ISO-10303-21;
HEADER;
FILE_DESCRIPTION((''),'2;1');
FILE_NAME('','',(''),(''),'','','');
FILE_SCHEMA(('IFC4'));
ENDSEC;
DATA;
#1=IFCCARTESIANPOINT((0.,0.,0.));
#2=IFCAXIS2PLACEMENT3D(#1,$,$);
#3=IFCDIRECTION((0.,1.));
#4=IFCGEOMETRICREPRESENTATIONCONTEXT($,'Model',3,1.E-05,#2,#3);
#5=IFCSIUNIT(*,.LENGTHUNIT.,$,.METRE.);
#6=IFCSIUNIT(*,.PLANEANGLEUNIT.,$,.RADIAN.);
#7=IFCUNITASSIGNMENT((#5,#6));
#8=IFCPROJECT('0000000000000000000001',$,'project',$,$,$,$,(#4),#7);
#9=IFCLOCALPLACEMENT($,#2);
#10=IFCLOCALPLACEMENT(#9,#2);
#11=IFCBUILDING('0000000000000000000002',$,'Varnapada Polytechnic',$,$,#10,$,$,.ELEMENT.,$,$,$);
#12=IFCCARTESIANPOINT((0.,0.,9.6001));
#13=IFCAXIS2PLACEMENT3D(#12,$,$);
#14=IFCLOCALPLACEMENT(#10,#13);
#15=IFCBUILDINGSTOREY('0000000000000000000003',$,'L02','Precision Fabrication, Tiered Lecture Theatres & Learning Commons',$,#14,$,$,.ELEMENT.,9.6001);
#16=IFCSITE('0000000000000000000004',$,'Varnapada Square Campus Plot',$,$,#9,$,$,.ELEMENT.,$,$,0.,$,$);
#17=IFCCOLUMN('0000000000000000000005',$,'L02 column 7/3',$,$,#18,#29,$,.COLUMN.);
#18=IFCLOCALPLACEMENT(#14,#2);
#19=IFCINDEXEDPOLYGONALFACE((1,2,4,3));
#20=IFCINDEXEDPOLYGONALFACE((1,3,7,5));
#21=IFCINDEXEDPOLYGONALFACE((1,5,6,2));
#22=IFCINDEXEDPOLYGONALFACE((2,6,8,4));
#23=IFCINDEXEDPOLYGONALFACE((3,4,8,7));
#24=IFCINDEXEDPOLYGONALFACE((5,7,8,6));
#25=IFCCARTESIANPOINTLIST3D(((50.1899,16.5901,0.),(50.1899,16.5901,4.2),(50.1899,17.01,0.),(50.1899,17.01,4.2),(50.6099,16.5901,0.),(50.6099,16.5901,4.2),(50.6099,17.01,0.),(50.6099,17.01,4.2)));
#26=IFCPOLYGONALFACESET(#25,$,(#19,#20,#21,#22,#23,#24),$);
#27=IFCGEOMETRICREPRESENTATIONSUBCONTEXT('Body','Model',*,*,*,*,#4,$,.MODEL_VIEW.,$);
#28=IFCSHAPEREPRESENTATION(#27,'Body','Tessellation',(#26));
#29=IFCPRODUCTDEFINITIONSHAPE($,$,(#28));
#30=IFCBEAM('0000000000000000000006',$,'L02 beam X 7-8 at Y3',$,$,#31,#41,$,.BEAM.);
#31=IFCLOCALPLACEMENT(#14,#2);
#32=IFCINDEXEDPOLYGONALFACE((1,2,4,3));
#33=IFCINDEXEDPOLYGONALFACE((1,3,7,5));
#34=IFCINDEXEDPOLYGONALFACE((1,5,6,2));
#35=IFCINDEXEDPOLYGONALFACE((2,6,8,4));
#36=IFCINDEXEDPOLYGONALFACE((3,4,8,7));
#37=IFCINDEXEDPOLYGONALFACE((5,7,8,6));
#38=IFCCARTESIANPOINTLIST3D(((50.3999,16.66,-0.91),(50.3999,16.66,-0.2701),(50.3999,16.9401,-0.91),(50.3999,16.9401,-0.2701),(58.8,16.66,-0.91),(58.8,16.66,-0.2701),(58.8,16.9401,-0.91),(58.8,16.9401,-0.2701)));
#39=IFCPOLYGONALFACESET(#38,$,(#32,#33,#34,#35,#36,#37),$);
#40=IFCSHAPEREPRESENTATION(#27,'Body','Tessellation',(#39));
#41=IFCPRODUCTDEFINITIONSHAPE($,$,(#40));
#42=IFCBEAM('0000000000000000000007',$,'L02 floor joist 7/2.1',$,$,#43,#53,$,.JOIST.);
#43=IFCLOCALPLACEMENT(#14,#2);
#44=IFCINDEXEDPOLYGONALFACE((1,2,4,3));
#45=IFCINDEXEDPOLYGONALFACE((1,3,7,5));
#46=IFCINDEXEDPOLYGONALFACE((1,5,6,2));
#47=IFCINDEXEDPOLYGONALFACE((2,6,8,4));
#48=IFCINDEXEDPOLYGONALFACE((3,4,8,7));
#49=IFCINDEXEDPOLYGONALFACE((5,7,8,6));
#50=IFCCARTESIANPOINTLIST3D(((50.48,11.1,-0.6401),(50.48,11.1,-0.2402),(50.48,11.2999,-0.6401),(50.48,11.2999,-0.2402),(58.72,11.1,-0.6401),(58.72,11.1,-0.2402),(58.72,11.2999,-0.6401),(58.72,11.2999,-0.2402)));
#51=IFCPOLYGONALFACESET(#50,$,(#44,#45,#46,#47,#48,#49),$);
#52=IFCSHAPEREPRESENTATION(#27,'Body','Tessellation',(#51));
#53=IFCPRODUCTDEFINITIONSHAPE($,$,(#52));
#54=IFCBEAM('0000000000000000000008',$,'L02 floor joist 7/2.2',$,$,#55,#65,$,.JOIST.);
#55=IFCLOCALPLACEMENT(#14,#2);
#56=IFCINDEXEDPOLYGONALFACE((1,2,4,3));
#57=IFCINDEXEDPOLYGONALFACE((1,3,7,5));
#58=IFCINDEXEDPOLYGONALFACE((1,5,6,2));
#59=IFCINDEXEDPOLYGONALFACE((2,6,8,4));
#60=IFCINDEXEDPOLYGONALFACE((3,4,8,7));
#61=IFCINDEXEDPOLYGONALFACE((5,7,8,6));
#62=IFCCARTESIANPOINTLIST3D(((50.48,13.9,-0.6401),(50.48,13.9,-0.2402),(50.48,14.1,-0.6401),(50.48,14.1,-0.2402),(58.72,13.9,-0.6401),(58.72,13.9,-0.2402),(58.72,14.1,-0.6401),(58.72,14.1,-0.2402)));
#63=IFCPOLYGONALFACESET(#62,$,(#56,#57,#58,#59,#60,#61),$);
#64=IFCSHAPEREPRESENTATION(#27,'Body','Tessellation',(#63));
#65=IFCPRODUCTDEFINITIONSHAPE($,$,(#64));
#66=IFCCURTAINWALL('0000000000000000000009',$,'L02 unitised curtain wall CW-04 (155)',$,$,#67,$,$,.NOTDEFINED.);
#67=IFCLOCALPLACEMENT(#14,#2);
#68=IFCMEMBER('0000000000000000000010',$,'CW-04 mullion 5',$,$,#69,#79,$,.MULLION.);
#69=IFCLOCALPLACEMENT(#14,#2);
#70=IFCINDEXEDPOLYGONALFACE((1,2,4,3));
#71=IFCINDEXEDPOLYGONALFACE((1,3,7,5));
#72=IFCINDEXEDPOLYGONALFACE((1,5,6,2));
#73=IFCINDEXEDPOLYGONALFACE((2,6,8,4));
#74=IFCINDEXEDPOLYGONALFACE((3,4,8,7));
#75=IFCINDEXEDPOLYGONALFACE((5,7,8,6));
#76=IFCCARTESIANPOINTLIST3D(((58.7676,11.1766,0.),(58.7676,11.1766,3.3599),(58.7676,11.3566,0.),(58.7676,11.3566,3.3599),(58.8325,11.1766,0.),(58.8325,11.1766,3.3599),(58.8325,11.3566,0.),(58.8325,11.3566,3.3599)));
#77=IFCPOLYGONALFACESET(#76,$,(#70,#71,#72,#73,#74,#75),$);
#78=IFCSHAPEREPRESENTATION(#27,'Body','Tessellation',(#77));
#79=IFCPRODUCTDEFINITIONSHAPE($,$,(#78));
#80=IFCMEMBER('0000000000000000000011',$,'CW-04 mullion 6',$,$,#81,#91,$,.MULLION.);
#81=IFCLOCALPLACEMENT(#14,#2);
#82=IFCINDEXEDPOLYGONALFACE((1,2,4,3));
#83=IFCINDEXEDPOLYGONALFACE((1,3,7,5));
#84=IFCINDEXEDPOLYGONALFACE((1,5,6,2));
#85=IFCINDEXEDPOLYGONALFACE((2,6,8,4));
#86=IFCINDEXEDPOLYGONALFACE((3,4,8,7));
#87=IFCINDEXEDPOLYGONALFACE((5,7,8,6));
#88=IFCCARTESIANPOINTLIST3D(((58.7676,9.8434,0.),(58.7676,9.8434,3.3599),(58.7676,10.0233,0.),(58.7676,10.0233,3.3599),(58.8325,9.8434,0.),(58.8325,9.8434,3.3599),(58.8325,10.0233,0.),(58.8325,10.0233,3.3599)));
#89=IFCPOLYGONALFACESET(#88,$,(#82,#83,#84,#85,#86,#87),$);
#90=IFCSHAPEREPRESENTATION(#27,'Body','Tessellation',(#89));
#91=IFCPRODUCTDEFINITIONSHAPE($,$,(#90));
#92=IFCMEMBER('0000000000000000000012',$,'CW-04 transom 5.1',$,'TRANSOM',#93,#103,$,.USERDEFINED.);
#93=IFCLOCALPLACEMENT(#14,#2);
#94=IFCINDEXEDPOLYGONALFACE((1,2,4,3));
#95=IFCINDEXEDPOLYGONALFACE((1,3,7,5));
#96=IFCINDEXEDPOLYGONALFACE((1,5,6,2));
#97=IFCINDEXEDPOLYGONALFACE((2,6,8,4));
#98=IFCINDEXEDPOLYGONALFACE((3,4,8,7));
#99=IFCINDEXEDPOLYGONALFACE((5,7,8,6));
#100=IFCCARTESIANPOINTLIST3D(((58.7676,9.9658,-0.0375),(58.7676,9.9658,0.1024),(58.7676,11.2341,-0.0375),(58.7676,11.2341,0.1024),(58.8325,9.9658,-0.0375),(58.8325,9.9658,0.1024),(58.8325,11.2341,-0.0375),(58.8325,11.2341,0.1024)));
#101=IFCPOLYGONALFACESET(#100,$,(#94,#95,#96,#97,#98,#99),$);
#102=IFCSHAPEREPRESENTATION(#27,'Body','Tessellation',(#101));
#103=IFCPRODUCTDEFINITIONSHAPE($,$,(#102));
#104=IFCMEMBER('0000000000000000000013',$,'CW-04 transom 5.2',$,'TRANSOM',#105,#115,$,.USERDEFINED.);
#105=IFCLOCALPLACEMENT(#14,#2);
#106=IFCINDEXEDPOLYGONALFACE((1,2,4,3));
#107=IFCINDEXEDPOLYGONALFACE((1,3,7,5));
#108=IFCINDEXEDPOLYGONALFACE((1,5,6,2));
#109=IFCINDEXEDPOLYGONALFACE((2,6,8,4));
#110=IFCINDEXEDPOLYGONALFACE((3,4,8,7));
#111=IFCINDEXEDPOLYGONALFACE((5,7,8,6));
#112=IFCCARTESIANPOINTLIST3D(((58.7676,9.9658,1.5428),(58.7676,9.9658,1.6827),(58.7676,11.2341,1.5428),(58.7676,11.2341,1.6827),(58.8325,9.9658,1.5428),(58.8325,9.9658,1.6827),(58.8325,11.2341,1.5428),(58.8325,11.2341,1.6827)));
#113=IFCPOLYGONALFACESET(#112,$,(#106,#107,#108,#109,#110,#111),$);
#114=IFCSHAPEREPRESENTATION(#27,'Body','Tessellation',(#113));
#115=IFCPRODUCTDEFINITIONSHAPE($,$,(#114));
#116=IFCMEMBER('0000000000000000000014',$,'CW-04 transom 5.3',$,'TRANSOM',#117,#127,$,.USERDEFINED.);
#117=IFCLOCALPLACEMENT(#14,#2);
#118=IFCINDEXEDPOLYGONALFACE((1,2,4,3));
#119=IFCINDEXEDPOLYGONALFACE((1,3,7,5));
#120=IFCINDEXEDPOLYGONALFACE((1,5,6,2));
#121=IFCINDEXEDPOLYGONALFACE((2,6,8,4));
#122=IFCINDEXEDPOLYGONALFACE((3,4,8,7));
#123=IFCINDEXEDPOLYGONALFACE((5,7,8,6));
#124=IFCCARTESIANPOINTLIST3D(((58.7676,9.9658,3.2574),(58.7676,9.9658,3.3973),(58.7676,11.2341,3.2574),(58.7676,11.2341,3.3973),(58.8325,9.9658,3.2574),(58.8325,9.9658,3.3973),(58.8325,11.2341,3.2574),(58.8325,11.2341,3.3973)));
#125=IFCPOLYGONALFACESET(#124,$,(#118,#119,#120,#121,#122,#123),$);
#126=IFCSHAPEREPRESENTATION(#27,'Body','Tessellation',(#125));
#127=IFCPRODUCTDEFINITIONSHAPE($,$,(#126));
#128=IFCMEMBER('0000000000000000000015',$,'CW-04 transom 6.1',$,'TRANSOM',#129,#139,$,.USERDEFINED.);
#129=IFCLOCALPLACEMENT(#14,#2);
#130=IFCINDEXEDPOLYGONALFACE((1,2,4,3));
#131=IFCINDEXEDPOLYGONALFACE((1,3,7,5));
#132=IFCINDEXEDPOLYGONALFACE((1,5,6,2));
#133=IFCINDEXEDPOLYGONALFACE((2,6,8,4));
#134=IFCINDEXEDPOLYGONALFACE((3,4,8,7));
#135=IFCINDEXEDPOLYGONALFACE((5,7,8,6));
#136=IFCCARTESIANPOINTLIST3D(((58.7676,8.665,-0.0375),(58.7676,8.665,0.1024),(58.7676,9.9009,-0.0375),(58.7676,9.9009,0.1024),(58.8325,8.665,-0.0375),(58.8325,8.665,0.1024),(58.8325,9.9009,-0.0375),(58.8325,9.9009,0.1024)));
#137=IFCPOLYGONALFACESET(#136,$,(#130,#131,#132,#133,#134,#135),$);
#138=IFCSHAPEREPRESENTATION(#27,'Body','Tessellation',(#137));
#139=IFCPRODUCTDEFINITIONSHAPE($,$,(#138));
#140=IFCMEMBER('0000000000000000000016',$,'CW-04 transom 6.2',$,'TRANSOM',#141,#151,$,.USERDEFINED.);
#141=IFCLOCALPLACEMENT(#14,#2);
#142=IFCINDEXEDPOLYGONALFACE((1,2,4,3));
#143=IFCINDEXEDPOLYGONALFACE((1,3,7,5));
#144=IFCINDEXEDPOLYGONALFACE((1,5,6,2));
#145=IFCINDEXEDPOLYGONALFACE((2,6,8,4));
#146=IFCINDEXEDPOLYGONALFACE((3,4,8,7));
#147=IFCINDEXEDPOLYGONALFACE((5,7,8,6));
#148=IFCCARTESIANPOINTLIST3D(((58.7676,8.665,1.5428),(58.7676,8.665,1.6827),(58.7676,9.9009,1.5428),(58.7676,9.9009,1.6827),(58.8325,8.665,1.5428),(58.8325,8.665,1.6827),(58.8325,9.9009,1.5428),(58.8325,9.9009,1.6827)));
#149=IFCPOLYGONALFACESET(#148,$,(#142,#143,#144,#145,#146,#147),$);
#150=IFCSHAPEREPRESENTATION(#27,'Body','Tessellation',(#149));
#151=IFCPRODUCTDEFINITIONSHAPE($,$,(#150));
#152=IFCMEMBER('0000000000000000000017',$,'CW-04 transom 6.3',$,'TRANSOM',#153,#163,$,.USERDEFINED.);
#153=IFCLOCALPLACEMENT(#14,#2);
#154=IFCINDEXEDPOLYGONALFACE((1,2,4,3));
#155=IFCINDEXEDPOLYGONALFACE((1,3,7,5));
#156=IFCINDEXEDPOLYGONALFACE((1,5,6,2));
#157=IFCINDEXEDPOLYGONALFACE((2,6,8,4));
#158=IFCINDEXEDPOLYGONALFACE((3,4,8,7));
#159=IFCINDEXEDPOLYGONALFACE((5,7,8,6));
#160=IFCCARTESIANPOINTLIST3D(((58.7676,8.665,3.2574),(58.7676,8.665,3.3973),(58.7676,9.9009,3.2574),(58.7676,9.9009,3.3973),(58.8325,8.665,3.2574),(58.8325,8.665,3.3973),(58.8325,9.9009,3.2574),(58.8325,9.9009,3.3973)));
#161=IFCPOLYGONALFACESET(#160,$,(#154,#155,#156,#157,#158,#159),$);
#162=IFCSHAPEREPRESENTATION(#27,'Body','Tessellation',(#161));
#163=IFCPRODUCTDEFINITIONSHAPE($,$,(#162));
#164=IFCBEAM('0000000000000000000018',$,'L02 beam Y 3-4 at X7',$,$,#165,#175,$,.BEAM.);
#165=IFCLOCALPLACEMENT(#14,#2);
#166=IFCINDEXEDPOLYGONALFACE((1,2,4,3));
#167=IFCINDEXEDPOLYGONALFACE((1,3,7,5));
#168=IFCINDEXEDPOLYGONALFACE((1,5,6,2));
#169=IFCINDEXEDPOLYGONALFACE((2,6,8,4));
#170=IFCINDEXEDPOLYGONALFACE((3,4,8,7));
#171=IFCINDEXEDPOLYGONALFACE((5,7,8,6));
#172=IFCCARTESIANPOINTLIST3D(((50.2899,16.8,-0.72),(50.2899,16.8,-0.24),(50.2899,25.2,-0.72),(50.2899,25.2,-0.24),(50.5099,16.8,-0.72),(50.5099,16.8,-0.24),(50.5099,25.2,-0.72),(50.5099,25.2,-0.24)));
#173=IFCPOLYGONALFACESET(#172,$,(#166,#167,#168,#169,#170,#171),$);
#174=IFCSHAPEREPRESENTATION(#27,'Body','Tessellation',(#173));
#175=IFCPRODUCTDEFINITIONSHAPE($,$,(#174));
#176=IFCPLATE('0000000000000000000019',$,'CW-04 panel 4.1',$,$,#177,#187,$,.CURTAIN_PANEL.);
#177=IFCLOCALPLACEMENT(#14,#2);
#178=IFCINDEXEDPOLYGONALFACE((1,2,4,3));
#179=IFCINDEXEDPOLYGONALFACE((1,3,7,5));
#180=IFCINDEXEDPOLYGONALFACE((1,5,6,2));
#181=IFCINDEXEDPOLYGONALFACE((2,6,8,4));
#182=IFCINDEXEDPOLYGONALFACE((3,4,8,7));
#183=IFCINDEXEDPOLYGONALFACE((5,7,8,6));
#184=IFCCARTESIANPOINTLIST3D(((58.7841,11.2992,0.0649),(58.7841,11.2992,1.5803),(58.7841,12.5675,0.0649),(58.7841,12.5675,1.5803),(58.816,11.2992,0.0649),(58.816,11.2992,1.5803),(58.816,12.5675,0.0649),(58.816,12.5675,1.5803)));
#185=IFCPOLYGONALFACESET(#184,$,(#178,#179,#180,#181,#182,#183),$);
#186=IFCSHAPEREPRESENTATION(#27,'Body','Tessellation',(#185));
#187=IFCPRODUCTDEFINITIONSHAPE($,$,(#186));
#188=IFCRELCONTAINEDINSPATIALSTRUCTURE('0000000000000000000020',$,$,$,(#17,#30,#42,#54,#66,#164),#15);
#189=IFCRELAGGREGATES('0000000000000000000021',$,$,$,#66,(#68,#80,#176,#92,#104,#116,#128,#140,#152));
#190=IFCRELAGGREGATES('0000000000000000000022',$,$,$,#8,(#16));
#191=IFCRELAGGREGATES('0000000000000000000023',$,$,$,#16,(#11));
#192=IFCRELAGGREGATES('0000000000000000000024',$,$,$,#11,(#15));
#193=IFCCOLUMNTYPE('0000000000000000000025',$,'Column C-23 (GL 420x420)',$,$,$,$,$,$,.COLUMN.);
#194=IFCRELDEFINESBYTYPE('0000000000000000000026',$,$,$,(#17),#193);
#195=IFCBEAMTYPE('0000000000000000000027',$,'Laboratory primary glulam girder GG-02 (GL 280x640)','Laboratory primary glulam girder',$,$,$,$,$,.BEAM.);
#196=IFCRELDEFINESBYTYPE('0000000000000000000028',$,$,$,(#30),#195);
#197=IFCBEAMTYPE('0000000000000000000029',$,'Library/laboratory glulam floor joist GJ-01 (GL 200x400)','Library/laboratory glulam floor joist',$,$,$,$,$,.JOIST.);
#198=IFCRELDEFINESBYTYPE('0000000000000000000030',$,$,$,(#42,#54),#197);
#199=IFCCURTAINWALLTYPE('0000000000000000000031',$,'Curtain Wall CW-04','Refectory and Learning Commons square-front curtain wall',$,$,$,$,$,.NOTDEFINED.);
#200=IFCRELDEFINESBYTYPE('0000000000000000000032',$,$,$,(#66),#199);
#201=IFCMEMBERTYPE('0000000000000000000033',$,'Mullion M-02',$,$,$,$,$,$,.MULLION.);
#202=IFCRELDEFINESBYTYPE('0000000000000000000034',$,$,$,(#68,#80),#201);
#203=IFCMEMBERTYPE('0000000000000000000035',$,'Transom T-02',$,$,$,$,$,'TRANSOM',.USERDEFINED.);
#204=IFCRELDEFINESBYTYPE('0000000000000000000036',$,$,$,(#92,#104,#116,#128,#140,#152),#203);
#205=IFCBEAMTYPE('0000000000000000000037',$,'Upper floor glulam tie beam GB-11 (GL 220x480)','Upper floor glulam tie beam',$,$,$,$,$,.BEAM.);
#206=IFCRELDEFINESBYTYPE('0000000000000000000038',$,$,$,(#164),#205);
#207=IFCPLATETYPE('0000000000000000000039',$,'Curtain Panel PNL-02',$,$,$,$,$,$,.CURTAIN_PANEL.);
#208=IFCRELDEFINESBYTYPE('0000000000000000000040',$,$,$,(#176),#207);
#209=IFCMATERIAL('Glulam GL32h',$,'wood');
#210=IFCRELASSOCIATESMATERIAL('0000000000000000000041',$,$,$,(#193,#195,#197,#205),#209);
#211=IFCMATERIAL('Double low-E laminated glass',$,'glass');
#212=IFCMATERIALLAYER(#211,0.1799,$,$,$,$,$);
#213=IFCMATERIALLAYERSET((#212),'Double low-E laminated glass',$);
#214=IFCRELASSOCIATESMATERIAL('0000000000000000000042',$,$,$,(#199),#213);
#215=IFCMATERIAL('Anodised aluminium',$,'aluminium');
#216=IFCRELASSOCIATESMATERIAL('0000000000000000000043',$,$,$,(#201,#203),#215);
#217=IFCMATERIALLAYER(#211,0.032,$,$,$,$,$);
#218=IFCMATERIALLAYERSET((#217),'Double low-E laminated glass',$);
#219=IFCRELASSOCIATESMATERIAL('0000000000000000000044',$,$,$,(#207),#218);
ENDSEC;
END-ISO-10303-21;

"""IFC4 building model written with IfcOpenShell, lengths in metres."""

from ifc_helpers import new_model, si_unit, direction, frame, origin, origin_2d, place, context, subcontext, project, spatial, rectangle, extrude, material, layer, layer_set, material_profile, profile_set, type_object, element, aggregate, save


model = new_model("IFC4")

# Units and contexts
model_context = context("Model", 3, precision=1e-05, world=origin(), true_north=direction((0.0, 1.0)))
body_context = subcontext(model_context, "Body", "Model", "MODEL_VIEW")
ifc_project = project(units=[si_unit("LENGTHUNIT", "METRE"), si_unit("PLANEANGLEUNIT", "RADIAN")], contexts=[model_context])

# Site, building, storey
site_placement = place(None, origin())
site = spatial("IfcSite", under=ifc_project, at=site_placement, Name="Varnapada Square Campus Plot", CompositionType="ELEMENT", RefElevation=0.0)
building_placement = place(site_placement, origin())
building = spatial("IfcBuilding", under=site, at=building_placement, Name="Varnapada Polytechnic", CompositionType="ELEMENT")
storey_placement = place(building_placement, frame((0.0, 0.0, 9.6001)))
storey = spatial("IfcBuildingStorey", under=building, at=storey_placement, Name="L02", Description="Precision Fabrication, Tiered Lecture Theatres & Learning Commons", CompositionType="ELEMENT", Elevation=9.6001)

# Column
ifc_material_1 = material(Name="Glulam GL32h", Category="wood")
ifc_material_profile_1 = material_profile(ifc_material_1, rectangle(XDim=0.4199, YDim=0.4199, at=origin_2d()), Name="GL 420x420")
ifc_profile_set_1 = profile_set([ifc_material_profile_1], Name="Glulam GL32h")
column_type = type_object("IfcColumnType", Name="Column C-23 (GL 420x420)", PredefinedType="COLUMN", material=ifc_profile_set_1)
column_placement = place(storey_placement, frame((50.3999, 16.8, 0.0), z_axis=(0.0, 0.0, 1.0), x_axis=(1.0, 0.0, 0.0)))
element("IfcColumn", 1, at=column_placement, inside=storey, type_object=column_type, Name="L02 column 7/3", PredefinedType="COLUMN", context=body_context, shape_type="SweptSolid", body=[
    extrude(rectangle(XDim=0.4199, YDim=0.4199, at=origin_2d()), origin(), (0.0, 0.0, 1.0), 4.2),
])

# Beams
ifc_material_profile_2 = material_profile(ifc_material_1, rectangle(XDim=0.28, YDim=0.6399, at=origin_2d()), Name="GL 280x640")
ifc_profile_set_2 = profile_set([ifc_material_profile_2], Name="Glulam GL32h")
beam_type_1 = type_object("IfcBeamType", Name="Laboratory primary glulam girder GG-02 (GL 280x640)", Description="Laboratory primary glulam girder", PredefinedType="BEAM", material=ifc_profile_set_2)
beam_1_placement = place(storey_placement, frame((50.3999, 16.8, -0.5901), z_axis=(1.0, 0.0, 0.0), x_axis=(0.0, 1.0, 0.0)))
element("IfcBeam", 2, at=beam_1_placement, inside=storey, type_object=beam_type_1, Name="L02 beam X 7-8 at Y3", PredefinedType="BEAM", context=body_context, shape_type="SweptSolid", body=[
    extrude(rectangle(XDim=0.28, YDim=0.6399, at=origin_2d()), origin(), (0.0, 0.0, 1.0), 8.4001),
])
ifc_material_profile_3 = material_profile(ifc_material_1, rectangle(XDim=0.2, YDim=0.3999, at=origin_2d()), Name="GL 200x400")
ifc_profile_set_3 = profile_set([ifc_material_profile_3], Name="Glulam GL32h")
beam_type_2 = type_object("IfcBeamType", Name="Library/laboratory glulam floor joist GJ-01 (GL 200x400)", Description="Library/laboratory glulam floor joist", PredefinedType="JOIST", material=ifc_profile_set_3)
for number, where, z_axis, x_axis, name in (
    (3, (50.48, 11.2, -0.4402), (1.0, 0.0, 0.0), (0.0, 1.0, 0.0), "L02 floor joist 7/2.1"),
    (4, (50.48, 14.0, -0.4402), (1.0, 0.0, 0.0), (0.0, 1.0, 0.0), "L02 floor joist 7/2.2"),
):
    element("IfcBeam", number, at=place(storey_placement, frame(where, z_axis=z_axis, x_axis=x_axis)), inside=storey, type_object=beam_type_2, Name=name, PredefinedType="JOIST", context=body_context, shape_type="SweptSolid", body=[
        extrude(rectangle(XDim=0.2, YDim=0.3999, at=origin_2d()), origin(), (0.0, 0.0, 1.0), 8.24),
    ])

# Curtain wall, members
ifc_material_2 = material(Name="Double low-E laminated glass", Category="glass")
ifc_layer_1 = layer(ifc_material_2, 0.1799)
ifc_layer_set_1 = layer_set([ifc_layer_1], Name="Double low-E laminated glass")
curtain_wall_type = type_object("IfcCurtainWallType", Name="Curtain Wall CW-04", Description="Refectory and Learning Commons square-front curtain wall", PredefinedType="NOTDEFINED", material=ifc_layer_set_1)
curtain_wall_placement = place(storey_placement, origin())
curtain_wall = element("IfcCurtainWall", 5, at=curtain_wall_placement, inside=storey, type_object=curtain_wall_type, Name="L02 unitised curtain wall CW-04 (155)", PredefinedType="NOTDEFINED")
ifc_material_3 = material(Name="Anodised aluminium", Category="aluminium")
ifc_material_profile_4 = material_profile(ifc_material_3, rectangle(XDim=0.0649, YDim=0.1799, at=origin_2d()), Name="ALU M65x180")
ifc_profile_set_4 = profile_set([ifc_material_profile_4], Name="Anodised aluminium")
member_type_1 = type_object("IfcMemberType", Name="Mullion M-02", PredefinedType="MULLION", material=ifc_profile_set_4)
member_1_placement = place(storey_placement, frame((58.8, 11.2666, 0.0), z_axis=(0.0, 0.0, 1.0), x_axis=(1.0, 0.0, 0.0)))
member_1 = element("IfcMember", 6, at=member_1_placement, type_object=member_type_1, Name="CW-04 mullion 5", PredefinedType="MULLION", context=body_context, shape_type="SweptSolid", body=[
    extrude(rectangle(XDim=0.0649, YDim=0.1799, at=origin_2d()), origin(), (0.0, 0.0, 1.0), 3.3599),
])
member_2_placement = place(storey_placement, frame((58.8, 9.9333, 0.0), z_axis=(0.0, 0.0, 1.0), x_axis=(1.0, 0.0, 0.0)))
member_2 = element("IfcMember", 7, at=member_2_placement, type_object=member_type_1, Name="CW-04 mullion 6", PredefinedType="MULLION", context=body_context, shape_type="SweptSolid", body=[
    extrude(rectangle(XDim=0.0649, YDim=0.1799, at=origin_2d()), origin(), (0.0, 0.0, 1.0), 3.3599),
])
ifc_material_profile_5 = material_profile(ifc_material_3, rectangle(XDim=0.0649, YDim=0.1399, at=origin_2d()), Name="ALU T65x140")
ifc_profile_set_5 = profile_set([ifc_material_profile_5], Name="Anodised aluminium")
member_type_2 = type_object("IfcMemberType", Name="Transom T-02", ElementType="TRANSOM", PredefinedType="USERDEFINED", material=ifc_profile_set_5)
member_3_placement = place(storey_placement, frame((58.8, 11.2341, 0.0325), z_axis=(0.0, -1.0, 0.0), x_axis=(1.0, 0.0, 0.0)))
member_3 = element("IfcMember", 8, at=member_3_placement, type_object=member_type_2, Name="CW-04 transom 5.1", ObjectType="TRANSOM", PredefinedType="USERDEFINED", context=body_context, shape_type="SweptSolid", body=[
    extrude(rectangle(XDim=0.0649, YDim=0.1399, at=origin_2d()), origin(), (0.0, 0.0, 1.0), 1.2683),
])
member_4_placement = place(storey_placement, frame((58.8, 11.2341, 1.6128), z_axis=(0.0, -1.0, 0.0), x_axis=(1.0, 0.0, 0.0)))
member_4 = element("IfcMember", 9, at=member_4_placement, type_object=member_type_2, Name="CW-04 transom 5.2", ObjectType="TRANSOM", PredefinedType="USERDEFINED", context=body_context, shape_type="SweptSolid", body=[
    extrude(rectangle(XDim=0.0649, YDim=0.1399, at=origin_2d()), origin(), (0.0, 0.0, 1.0), 1.2683),
])
member_5_placement = place(storey_placement, frame((58.8, 11.2341, 3.3274), z_axis=(0.0, -1.0, 0.0), x_axis=(1.0, 0.0, 0.0)))
member_5 = element("IfcMember", 10, at=member_5_placement, type_object=member_type_2, Name="CW-04 transom 5.3", ObjectType="TRANSOM", PredefinedType="USERDEFINED", context=body_context, shape_type="SweptSolid", body=[
    extrude(rectangle(XDim=0.0649, YDim=0.1399, at=origin_2d()), origin(), (0.0, 0.0, 1.0), 1.2683),
])
member_6_placement = place(storey_placement, frame((58.8, 9.9009, 0.0325), z_axis=(0.0, -1.0, 0.0), x_axis=(1.0, 0.0, 0.0)))
member_6 = element("IfcMember", 11, at=member_6_placement, type_object=member_type_2, Name="CW-04 transom 6.1", ObjectType="TRANSOM", PredefinedType="USERDEFINED", context=body_context, shape_type="SweptSolid", body=[
    extrude(rectangle(XDim=0.0649, YDim=0.1399, at=origin_2d()), origin(), (0.0, 0.0, 1.0), 1.2358),
])
member_7_placement = place(storey_placement, frame((58.8, 9.9009, 1.6128), z_axis=(0.0, -1.0, 0.0), x_axis=(1.0, 0.0, 0.0)))
member_7 = element("IfcMember", 12, at=member_7_placement, type_object=member_type_2, Name="CW-04 transom 6.2", ObjectType="TRANSOM", PredefinedType="USERDEFINED", context=body_context, shape_type="SweptSolid", body=[
    extrude(rectangle(XDim=0.0649, YDim=0.1399, at=origin_2d()), origin(), (0.0, 0.0, 1.0), 1.2358),
])
member_8_placement = place(storey_placement, frame((58.8, 9.9009, 3.3274), z_axis=(0.0, -1.0, 0.0), x_axis=(1.0, 0.0, 0.0)))
member_8 = element("IfcMember", 13, at=member_8_placement, type_object=member_type_2, Name="CW-04 transom 6.3", ObjectType="TRANSOM", PredefinedType="USERDEFINED", context=body_context, shape_type="SweptSolid", body=[
    extrude(rectangle(XDim=0.0649, YDim=0.1399, at=origin_2d()), origin(), (0.0, 0.0, 1.0), 1.2358),
])

# Beam
ifc_material_profile_6 = material_profile(ifc_material_1, rectangle(XDim=0.22, YDim=0.48, at=origin_2d()), Name="GL 220x480")
ifc_profile_set_6 = profile_set([ifc_material_profile_6], Name="Glulam GL32h")
beam_type_3 = type_object("IfcBeamType", Name="Upper floor glulam tie beam GB-11 (GL 220x480)", Description="Upper floor glulam tie beam", PredefinedType="BEAM", material=ifc_profile_set_6)
beam_2_placement = place(storey_placement, frame((50.3999, 16.8, -0.48), z_axis=(0.0, 1.0, 0.0), x_axis=(-1.0, 0.0, 0.0)))
element("IfcBeam", 14, at=beam_2_placement, inside=storey, type_object=beam_type_3, Name="L02 beam Y 3-4 at X7", PredefinedType="BEAM", context=body_context, shape_type="SweptSolid", body=[
    extrude(rectangle(XDim=0.22, YDim=0.48, at=origin_2d()), origin(), (0.0, 0.0, 1.0), 8.3999),
])

# Plate
ifc_layer_2 = layer(ifc_material_2, 0.032)
ifc_layer_set_2 = layer_set([ifc_layer_2], Name="Double low-E laminated glass")
plate_type = type_object("IfcPlateType", Name="Curtain Panel PNL-02", PredefinedType="CURTAIN_PANEL", material=ifc_layer_set_2)
plate_1_placement = place(storey_placement, frame((58.8, 11.9333, 0.0649), z_axis=(0.0, 0.0, 1.0), x_axis=(0.0, -1.0, 0.0)))
plate_1 = element("IfcPlate", 15, at=plate_1_placement, type_object=plate_type, Name="CW-04 panel 4.1", PredefinedType="CURTAIN_PANEL", context=body_context, shape_type="SweptSolid", body=[
    extrude(rectangle(XDim=1.2683, YDim=0.032, at=origin_2d()), origin(), (0.0, 0.0, 1.0), 1.5154),
])
aggregate(curtain_wall, [member_1, member_2, plate_1, member_3, member_4, member_5, member_6, member_7, member_8])

save(model, "model.ifc")
